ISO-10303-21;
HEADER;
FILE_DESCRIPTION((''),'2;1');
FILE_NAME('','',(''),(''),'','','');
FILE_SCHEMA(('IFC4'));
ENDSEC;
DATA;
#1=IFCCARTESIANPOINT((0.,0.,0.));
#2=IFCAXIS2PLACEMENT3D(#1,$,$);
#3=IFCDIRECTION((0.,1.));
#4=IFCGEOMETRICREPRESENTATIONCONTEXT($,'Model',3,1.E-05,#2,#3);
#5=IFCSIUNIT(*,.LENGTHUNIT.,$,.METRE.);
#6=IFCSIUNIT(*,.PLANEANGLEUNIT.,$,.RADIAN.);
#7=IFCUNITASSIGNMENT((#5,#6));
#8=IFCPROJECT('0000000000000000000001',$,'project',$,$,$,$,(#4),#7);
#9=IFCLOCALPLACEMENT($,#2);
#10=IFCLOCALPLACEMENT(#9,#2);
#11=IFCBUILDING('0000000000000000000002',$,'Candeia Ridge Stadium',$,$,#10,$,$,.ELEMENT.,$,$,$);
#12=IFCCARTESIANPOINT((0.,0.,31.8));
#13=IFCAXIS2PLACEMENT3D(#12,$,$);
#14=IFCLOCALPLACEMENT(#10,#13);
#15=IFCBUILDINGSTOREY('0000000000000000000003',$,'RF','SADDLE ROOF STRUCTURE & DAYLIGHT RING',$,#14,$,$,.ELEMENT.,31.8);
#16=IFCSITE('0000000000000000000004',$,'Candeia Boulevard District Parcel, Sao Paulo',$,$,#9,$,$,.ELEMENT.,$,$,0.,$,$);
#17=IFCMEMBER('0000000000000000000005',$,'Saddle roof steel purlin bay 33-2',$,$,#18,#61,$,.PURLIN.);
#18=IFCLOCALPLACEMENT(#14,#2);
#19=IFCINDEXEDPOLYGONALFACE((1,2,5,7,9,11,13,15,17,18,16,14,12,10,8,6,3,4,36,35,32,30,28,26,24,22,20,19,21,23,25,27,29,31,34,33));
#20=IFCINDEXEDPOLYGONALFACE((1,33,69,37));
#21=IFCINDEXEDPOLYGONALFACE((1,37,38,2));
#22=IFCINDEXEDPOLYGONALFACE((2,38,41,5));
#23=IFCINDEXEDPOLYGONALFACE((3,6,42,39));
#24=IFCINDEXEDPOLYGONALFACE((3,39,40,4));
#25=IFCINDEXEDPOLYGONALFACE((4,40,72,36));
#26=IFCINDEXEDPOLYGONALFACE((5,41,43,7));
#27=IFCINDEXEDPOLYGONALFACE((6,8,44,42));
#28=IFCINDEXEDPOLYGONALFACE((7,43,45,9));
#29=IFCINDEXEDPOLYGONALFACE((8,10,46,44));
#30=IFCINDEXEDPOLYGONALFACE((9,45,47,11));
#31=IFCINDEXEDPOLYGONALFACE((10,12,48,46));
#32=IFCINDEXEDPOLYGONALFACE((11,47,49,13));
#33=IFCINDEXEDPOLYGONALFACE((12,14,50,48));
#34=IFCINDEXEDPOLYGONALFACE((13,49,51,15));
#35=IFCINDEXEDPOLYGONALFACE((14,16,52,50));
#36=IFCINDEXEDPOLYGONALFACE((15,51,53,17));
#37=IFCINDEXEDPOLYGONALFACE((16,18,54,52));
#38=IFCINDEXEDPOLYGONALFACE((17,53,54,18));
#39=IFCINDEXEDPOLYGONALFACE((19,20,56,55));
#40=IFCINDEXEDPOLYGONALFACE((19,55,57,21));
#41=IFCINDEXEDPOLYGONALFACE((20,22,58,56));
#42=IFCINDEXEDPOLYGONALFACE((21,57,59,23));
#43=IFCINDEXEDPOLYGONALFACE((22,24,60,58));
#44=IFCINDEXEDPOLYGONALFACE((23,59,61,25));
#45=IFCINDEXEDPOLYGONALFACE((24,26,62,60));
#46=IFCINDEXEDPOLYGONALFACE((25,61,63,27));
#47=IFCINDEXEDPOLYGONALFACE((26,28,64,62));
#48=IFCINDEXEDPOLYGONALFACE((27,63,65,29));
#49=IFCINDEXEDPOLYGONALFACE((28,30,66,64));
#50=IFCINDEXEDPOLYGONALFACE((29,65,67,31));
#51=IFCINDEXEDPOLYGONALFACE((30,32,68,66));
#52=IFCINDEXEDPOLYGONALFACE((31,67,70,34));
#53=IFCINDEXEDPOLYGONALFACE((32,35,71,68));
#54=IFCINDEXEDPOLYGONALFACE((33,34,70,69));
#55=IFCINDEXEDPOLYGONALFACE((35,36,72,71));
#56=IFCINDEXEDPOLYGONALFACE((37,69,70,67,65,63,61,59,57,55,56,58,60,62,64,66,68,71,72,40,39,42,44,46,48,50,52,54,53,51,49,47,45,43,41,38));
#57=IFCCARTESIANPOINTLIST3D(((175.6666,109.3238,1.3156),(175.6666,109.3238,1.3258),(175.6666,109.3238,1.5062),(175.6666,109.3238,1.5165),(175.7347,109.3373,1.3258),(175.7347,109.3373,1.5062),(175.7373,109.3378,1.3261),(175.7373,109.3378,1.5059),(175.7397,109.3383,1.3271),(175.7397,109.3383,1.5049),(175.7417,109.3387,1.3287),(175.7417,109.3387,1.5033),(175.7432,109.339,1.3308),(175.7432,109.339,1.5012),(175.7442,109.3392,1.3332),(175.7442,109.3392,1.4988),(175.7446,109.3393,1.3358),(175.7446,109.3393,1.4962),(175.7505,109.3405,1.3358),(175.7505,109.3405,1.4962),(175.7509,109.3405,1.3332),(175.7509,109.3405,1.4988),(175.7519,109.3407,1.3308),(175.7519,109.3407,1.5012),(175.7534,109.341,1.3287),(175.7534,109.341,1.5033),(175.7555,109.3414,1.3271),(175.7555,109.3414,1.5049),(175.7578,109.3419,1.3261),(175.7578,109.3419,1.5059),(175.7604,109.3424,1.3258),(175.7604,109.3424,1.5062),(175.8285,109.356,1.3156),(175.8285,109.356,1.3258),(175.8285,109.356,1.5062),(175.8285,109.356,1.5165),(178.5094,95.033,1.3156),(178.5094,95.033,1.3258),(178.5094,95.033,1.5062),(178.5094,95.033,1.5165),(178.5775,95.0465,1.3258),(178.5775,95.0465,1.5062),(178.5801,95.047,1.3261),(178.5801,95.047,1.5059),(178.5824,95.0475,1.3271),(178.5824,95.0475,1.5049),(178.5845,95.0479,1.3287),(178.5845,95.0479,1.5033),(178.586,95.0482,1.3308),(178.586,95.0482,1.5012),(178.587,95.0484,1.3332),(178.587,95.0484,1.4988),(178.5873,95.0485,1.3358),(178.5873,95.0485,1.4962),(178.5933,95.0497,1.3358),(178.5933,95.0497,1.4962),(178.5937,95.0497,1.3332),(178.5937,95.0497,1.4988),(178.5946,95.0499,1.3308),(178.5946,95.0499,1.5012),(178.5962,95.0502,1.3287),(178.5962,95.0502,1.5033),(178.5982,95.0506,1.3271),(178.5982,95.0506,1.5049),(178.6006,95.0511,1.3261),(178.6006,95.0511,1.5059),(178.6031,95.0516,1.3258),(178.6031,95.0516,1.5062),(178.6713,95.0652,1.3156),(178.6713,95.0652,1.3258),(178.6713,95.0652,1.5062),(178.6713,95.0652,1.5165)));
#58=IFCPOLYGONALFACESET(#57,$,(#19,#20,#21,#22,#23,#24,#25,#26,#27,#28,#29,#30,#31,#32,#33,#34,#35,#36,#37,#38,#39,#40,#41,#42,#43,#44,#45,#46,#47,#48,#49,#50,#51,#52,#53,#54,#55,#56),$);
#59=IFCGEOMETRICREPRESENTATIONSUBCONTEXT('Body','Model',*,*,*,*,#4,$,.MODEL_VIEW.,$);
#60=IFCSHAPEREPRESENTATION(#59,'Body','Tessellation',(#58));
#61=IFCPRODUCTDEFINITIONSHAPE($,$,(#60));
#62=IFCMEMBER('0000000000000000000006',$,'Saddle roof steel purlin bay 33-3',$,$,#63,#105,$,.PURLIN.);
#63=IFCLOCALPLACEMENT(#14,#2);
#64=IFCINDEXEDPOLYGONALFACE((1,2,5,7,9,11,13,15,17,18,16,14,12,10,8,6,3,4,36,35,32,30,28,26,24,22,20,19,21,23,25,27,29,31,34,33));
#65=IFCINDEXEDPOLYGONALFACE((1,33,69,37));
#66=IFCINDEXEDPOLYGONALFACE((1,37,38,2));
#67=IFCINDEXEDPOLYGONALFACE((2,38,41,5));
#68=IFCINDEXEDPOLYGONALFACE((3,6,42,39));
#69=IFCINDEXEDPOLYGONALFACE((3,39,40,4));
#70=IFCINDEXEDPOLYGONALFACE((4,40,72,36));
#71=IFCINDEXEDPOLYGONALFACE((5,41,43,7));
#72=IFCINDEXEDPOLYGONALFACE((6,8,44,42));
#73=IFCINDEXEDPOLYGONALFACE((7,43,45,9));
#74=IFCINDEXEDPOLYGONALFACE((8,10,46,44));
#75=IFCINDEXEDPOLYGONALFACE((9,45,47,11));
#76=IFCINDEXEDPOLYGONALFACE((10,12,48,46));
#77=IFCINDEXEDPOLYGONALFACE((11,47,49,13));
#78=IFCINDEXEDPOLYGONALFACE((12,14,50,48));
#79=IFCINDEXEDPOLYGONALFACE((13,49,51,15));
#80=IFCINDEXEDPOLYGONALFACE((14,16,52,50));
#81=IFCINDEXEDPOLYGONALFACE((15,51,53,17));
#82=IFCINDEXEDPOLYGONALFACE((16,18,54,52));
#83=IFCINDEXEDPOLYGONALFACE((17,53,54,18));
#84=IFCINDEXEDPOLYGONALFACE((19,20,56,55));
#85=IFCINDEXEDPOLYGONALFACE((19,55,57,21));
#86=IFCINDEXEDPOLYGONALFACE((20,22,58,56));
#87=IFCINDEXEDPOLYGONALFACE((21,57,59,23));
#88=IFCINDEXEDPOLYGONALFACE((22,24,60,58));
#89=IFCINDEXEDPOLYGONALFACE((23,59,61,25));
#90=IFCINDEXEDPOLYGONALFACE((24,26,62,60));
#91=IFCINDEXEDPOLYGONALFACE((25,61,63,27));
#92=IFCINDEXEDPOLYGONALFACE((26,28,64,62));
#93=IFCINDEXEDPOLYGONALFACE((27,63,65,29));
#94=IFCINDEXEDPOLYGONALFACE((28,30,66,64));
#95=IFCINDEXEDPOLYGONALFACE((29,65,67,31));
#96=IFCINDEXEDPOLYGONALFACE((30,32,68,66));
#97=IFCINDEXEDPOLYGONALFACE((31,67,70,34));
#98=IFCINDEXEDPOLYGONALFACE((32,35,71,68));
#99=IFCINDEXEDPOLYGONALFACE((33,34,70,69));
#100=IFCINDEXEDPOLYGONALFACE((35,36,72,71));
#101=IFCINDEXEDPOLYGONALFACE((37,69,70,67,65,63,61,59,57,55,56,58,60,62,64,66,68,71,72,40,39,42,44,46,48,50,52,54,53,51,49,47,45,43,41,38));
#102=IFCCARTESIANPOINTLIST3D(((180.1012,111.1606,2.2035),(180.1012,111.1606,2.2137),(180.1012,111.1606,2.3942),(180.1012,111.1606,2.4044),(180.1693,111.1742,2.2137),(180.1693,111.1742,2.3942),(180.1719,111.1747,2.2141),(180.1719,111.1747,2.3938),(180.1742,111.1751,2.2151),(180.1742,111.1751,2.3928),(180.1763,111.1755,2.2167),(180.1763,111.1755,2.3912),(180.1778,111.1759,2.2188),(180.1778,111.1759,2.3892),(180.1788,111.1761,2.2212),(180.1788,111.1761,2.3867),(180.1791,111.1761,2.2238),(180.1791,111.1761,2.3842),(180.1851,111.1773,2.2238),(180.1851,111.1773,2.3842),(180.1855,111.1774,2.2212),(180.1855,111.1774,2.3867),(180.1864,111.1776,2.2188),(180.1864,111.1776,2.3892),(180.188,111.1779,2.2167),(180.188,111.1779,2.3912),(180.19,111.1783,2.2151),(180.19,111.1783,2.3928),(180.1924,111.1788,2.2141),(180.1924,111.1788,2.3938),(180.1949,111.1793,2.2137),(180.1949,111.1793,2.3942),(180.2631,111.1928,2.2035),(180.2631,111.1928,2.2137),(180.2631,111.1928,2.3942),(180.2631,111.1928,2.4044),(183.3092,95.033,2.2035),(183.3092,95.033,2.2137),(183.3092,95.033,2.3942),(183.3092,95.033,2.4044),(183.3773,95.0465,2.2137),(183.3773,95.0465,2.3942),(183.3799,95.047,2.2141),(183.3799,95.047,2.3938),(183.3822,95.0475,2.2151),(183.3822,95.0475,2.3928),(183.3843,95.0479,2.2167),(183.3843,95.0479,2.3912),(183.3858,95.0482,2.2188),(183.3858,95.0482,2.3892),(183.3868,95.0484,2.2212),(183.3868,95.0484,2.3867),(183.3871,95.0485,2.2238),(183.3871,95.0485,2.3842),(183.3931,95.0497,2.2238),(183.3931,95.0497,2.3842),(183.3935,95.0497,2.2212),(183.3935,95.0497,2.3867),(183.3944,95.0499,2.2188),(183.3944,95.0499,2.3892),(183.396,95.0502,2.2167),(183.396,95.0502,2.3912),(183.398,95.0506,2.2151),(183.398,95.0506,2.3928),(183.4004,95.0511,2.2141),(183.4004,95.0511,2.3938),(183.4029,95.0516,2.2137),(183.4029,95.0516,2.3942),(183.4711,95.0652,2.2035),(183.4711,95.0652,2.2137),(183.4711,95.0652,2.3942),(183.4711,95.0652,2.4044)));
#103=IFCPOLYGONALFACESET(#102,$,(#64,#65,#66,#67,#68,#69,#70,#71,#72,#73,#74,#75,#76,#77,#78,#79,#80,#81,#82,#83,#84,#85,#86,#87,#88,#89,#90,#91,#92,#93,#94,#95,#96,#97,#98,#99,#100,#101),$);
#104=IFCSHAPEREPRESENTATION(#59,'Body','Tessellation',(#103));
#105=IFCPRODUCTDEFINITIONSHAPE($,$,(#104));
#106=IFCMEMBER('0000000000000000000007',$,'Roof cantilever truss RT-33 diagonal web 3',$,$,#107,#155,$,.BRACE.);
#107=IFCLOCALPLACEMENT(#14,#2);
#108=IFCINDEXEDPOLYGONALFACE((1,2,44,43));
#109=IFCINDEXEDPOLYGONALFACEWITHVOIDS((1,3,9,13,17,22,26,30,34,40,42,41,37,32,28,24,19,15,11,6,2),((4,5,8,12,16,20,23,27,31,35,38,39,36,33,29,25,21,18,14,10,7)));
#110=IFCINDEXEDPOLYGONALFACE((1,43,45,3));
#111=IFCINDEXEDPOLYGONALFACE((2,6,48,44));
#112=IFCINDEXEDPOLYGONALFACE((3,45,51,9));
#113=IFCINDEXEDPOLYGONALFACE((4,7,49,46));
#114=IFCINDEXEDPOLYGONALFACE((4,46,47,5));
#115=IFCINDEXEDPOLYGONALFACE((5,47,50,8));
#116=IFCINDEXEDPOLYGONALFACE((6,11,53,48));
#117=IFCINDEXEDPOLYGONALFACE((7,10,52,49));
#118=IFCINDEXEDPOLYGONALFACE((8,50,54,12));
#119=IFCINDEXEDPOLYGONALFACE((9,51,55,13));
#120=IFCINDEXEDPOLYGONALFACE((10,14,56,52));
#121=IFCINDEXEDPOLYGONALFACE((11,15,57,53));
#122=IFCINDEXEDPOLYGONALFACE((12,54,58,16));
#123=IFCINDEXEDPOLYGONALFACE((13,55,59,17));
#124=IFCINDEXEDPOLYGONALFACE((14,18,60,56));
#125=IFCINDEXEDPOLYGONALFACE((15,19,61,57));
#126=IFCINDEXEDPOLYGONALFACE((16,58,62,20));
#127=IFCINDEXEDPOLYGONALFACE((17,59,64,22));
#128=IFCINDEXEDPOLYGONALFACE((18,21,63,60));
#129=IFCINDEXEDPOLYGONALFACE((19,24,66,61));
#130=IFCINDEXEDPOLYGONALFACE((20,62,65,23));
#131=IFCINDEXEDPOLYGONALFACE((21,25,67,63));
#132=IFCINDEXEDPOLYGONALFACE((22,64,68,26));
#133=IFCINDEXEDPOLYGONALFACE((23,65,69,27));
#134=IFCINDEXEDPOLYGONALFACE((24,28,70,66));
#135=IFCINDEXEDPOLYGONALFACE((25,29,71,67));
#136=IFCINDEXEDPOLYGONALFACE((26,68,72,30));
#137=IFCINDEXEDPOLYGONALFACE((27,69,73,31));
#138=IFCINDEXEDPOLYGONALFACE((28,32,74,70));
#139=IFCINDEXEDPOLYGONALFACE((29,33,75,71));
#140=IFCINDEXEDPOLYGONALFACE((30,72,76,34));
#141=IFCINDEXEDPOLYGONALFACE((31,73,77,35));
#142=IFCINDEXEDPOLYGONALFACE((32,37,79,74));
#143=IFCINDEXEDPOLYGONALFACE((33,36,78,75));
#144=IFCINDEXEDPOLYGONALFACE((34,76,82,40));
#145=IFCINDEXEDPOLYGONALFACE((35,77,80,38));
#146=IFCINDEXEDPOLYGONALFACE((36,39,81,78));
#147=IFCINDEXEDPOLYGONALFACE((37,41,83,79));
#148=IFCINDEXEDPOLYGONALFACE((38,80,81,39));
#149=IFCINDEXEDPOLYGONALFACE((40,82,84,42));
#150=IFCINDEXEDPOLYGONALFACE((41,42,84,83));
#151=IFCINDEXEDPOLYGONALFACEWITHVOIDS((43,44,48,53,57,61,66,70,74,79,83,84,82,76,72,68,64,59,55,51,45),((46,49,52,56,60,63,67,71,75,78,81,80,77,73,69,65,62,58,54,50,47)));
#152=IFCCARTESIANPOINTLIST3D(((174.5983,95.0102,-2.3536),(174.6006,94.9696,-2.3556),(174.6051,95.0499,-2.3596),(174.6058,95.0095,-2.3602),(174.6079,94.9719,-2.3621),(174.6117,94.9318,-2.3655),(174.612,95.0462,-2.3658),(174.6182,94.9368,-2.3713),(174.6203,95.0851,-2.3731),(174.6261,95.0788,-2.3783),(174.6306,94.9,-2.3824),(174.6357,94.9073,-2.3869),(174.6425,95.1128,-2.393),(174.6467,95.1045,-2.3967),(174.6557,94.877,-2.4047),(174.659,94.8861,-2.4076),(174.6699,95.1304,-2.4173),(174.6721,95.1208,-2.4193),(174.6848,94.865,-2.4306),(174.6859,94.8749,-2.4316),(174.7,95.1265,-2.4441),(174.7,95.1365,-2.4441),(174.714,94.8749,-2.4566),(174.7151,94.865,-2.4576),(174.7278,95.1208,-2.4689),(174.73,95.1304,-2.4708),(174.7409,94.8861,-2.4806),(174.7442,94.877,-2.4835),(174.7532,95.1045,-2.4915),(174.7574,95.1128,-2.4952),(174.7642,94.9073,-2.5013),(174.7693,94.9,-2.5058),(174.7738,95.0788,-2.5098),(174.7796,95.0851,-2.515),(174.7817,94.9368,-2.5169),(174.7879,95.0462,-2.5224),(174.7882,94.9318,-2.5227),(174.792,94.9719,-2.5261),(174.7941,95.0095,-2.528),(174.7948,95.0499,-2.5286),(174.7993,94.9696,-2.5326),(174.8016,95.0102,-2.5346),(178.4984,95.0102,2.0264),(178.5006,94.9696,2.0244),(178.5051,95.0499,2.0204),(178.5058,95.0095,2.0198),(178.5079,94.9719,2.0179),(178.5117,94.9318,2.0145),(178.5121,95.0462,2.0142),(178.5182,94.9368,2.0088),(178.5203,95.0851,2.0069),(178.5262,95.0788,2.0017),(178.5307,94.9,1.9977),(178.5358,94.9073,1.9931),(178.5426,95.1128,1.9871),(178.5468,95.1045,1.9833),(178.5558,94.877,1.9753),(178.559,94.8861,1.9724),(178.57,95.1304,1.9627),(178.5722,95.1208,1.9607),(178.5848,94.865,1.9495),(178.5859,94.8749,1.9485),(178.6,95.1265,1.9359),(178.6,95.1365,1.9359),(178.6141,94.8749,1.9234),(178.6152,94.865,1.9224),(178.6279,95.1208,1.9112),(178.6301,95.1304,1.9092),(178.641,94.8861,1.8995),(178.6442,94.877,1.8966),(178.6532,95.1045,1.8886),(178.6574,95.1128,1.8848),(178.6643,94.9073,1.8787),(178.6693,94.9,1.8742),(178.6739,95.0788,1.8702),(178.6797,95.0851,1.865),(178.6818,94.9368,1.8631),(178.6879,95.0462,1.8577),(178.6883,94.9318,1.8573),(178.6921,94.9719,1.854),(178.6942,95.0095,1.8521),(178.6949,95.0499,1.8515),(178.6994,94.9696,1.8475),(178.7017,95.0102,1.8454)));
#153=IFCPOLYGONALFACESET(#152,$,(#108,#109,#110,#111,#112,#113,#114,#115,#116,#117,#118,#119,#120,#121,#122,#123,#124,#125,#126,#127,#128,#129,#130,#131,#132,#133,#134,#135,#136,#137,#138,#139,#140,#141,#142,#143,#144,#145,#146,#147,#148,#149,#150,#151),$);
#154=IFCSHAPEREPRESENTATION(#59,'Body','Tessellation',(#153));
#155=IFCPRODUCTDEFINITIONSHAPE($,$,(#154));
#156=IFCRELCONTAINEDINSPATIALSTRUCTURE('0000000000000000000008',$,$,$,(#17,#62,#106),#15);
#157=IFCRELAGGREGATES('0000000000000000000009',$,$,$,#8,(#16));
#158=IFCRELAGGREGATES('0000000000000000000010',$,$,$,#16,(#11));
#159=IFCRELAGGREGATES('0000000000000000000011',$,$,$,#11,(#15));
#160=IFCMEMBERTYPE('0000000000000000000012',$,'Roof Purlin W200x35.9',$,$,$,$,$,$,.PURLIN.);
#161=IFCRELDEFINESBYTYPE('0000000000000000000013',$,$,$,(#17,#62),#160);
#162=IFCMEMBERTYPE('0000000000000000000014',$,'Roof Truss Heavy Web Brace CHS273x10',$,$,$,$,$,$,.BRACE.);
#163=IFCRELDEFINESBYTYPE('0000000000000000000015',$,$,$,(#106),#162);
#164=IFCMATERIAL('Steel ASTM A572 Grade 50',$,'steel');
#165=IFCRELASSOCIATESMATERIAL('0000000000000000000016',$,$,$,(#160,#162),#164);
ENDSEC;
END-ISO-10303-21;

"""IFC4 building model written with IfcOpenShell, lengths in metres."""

from ifc_helpers import new_model, si_unit, direction, frame, origin, origin_2d, place, context, subcontext, project, spatial, hollow_circle, i_section, extrude, material, material_profile, profile_set, type_object, element, save


model = new_model("IFC4")

# Units and contexts
model_context = context("Model", 3, precision=1e-05, world=origin(), true_north=direction((0.0, 1.0)))
body_context = subcontext(model_context, "Body", "Model", "MODEL_VIEW")
ifc_project = project(units=[si_unit("LENGTHUNIT", "METRE"), si_unit("PLANEANGLEUNIT", "RADIAN")], contexts=[model_context])

# Site, building, storey
site_placement = place(None, origin())
site = spatial("IfcSite", under=ifc_project, at=site_placement, Name="Candeia Boulevard District Parcel, Sao Paulo", CompositionType="ELEMENT", RefElevation=0.0)
building_placement = place(site_placement, origin())
building = spatial("IfcBuilding", under=site, at=building_placement, Name="Candeia Ridge Stadium", CompositionType="ELEMENT")
storey_placement = place(building_placement, frame((0.0, 0.0, 31.8)))
storey = spatial("IfcBuildingStorey", under=building, at=storey_placement, Name="RF", Description="SADDLE ROOF STRUCTURE & DAYLIGHT RING", CompositionType="ELEMENT", Elevation=31.8)

# Shared definitions
ifc_material_1 = material(Name="Steel ASTM A572 Grade 50", Category="steel")

# Members
ifc_material_profile_1 = material_profile(ifc_material_1, i_section(OverallWidth=0.165, OverallDepth=0.2009, WebThickness=0.0061, FlangeThickness=0.0103, FilletRadius=0.01, at=origin_2d()), Name="W200x35.9", Category="steel")
ifc_profile_set_1 = profile_set([ifc_material_profile_1], Name="Steel ASTM A572 Grade 50")
member_type_1 = type_object("IfcMemberType", Name="Roof Purlin W200x35.9", PredefinedType="PURLIN", material=ifc_profile_set_1)
member_1_placement = place(storey_placement, frame((178.5903, 95.0491, 1.416), z_axis=(-0.195101, 0.980783, 0.0), x_axis=(-0.980783, -0.195101, 0.0)))
element("IfcMember", 1, at=member_1_placement, inside=storey, type_object=member_type_1, Name="Saddle roof steel purlin bay 33-2", PredefinedType="PURLIN", context=body_context, shape_type="SweptSolid", body=[
    extrude(i_section(OverallWidth=0.165, OverallDepth=0.2009, WebThickness=0.0061, FlangeThickness=0.0103, FilletRadius=0.01, at=origin_2d()), origin(), (0.0, 0.0, 1.0), 14.5708),
])
member_2_placement = place(storey_placement, frame((183.3901, 95.0491, 2.304), z_axis=(-0.195091, 0.980785, 0.0), x_axis=(-0.980785, -0.195091, 0.0)))
element("IfcMember", 2, at=member_2_placement, inside=storey, type_object=member_type_1, Name="Saddle roof steel purlin bay 33-3", PredefinedType="PURLIN", context=body_context, shape_type="SweptSolid", body=[
    extrude(i_section(OverallWidth=0.165, OverallDepth=0.2009, WebThickness=0.0061, FlangeThickness=0.0103, FilletRadius=0.01, at=origin_2d()), origin(), (0.0, 0.0, 1.0), 16.4436),
])
ifc_material_profile_2 = material_profile(ifc_material_1, hollow_circle(Radius=0.1365, WallThickness=0.01, at=origin_2d()), Name="CHS273x10", Category="steel")
ifc_profile_set_2 = profile_set([ifc_material_profile_2], Name="Steel ASTM A572 Grade 50")
member_type_2 = type_object("IfcMemberType", Name="Roof Truss Heavy Web Brace CHS273x10", PredefinedType="BRACE", material=ifc_profile_set_2)
member_3_placement = place(storey_placement, frame((174.7, 95.0, -2.4441), z_axis=(0.665002, 0.0, 0.746842), x_axis=(0.0, 1.0, 0.0)))
element("IfcMember", 3, at=member_3_placement, inside=storey, type_object=member_type_2, Name="Roof cantilever truss RT-33 diagonal web 3", PredefinedType="BRACE", context=body_context, shape_type="SweptSolid", body=[
    extrude(hollow_circle(Radius=0.1365, WallThickness=0.01, at=origin_2d()), origin(), (0.0, 0.0, 1.0), 5.8647),
])

save(model, "model.ifc")
